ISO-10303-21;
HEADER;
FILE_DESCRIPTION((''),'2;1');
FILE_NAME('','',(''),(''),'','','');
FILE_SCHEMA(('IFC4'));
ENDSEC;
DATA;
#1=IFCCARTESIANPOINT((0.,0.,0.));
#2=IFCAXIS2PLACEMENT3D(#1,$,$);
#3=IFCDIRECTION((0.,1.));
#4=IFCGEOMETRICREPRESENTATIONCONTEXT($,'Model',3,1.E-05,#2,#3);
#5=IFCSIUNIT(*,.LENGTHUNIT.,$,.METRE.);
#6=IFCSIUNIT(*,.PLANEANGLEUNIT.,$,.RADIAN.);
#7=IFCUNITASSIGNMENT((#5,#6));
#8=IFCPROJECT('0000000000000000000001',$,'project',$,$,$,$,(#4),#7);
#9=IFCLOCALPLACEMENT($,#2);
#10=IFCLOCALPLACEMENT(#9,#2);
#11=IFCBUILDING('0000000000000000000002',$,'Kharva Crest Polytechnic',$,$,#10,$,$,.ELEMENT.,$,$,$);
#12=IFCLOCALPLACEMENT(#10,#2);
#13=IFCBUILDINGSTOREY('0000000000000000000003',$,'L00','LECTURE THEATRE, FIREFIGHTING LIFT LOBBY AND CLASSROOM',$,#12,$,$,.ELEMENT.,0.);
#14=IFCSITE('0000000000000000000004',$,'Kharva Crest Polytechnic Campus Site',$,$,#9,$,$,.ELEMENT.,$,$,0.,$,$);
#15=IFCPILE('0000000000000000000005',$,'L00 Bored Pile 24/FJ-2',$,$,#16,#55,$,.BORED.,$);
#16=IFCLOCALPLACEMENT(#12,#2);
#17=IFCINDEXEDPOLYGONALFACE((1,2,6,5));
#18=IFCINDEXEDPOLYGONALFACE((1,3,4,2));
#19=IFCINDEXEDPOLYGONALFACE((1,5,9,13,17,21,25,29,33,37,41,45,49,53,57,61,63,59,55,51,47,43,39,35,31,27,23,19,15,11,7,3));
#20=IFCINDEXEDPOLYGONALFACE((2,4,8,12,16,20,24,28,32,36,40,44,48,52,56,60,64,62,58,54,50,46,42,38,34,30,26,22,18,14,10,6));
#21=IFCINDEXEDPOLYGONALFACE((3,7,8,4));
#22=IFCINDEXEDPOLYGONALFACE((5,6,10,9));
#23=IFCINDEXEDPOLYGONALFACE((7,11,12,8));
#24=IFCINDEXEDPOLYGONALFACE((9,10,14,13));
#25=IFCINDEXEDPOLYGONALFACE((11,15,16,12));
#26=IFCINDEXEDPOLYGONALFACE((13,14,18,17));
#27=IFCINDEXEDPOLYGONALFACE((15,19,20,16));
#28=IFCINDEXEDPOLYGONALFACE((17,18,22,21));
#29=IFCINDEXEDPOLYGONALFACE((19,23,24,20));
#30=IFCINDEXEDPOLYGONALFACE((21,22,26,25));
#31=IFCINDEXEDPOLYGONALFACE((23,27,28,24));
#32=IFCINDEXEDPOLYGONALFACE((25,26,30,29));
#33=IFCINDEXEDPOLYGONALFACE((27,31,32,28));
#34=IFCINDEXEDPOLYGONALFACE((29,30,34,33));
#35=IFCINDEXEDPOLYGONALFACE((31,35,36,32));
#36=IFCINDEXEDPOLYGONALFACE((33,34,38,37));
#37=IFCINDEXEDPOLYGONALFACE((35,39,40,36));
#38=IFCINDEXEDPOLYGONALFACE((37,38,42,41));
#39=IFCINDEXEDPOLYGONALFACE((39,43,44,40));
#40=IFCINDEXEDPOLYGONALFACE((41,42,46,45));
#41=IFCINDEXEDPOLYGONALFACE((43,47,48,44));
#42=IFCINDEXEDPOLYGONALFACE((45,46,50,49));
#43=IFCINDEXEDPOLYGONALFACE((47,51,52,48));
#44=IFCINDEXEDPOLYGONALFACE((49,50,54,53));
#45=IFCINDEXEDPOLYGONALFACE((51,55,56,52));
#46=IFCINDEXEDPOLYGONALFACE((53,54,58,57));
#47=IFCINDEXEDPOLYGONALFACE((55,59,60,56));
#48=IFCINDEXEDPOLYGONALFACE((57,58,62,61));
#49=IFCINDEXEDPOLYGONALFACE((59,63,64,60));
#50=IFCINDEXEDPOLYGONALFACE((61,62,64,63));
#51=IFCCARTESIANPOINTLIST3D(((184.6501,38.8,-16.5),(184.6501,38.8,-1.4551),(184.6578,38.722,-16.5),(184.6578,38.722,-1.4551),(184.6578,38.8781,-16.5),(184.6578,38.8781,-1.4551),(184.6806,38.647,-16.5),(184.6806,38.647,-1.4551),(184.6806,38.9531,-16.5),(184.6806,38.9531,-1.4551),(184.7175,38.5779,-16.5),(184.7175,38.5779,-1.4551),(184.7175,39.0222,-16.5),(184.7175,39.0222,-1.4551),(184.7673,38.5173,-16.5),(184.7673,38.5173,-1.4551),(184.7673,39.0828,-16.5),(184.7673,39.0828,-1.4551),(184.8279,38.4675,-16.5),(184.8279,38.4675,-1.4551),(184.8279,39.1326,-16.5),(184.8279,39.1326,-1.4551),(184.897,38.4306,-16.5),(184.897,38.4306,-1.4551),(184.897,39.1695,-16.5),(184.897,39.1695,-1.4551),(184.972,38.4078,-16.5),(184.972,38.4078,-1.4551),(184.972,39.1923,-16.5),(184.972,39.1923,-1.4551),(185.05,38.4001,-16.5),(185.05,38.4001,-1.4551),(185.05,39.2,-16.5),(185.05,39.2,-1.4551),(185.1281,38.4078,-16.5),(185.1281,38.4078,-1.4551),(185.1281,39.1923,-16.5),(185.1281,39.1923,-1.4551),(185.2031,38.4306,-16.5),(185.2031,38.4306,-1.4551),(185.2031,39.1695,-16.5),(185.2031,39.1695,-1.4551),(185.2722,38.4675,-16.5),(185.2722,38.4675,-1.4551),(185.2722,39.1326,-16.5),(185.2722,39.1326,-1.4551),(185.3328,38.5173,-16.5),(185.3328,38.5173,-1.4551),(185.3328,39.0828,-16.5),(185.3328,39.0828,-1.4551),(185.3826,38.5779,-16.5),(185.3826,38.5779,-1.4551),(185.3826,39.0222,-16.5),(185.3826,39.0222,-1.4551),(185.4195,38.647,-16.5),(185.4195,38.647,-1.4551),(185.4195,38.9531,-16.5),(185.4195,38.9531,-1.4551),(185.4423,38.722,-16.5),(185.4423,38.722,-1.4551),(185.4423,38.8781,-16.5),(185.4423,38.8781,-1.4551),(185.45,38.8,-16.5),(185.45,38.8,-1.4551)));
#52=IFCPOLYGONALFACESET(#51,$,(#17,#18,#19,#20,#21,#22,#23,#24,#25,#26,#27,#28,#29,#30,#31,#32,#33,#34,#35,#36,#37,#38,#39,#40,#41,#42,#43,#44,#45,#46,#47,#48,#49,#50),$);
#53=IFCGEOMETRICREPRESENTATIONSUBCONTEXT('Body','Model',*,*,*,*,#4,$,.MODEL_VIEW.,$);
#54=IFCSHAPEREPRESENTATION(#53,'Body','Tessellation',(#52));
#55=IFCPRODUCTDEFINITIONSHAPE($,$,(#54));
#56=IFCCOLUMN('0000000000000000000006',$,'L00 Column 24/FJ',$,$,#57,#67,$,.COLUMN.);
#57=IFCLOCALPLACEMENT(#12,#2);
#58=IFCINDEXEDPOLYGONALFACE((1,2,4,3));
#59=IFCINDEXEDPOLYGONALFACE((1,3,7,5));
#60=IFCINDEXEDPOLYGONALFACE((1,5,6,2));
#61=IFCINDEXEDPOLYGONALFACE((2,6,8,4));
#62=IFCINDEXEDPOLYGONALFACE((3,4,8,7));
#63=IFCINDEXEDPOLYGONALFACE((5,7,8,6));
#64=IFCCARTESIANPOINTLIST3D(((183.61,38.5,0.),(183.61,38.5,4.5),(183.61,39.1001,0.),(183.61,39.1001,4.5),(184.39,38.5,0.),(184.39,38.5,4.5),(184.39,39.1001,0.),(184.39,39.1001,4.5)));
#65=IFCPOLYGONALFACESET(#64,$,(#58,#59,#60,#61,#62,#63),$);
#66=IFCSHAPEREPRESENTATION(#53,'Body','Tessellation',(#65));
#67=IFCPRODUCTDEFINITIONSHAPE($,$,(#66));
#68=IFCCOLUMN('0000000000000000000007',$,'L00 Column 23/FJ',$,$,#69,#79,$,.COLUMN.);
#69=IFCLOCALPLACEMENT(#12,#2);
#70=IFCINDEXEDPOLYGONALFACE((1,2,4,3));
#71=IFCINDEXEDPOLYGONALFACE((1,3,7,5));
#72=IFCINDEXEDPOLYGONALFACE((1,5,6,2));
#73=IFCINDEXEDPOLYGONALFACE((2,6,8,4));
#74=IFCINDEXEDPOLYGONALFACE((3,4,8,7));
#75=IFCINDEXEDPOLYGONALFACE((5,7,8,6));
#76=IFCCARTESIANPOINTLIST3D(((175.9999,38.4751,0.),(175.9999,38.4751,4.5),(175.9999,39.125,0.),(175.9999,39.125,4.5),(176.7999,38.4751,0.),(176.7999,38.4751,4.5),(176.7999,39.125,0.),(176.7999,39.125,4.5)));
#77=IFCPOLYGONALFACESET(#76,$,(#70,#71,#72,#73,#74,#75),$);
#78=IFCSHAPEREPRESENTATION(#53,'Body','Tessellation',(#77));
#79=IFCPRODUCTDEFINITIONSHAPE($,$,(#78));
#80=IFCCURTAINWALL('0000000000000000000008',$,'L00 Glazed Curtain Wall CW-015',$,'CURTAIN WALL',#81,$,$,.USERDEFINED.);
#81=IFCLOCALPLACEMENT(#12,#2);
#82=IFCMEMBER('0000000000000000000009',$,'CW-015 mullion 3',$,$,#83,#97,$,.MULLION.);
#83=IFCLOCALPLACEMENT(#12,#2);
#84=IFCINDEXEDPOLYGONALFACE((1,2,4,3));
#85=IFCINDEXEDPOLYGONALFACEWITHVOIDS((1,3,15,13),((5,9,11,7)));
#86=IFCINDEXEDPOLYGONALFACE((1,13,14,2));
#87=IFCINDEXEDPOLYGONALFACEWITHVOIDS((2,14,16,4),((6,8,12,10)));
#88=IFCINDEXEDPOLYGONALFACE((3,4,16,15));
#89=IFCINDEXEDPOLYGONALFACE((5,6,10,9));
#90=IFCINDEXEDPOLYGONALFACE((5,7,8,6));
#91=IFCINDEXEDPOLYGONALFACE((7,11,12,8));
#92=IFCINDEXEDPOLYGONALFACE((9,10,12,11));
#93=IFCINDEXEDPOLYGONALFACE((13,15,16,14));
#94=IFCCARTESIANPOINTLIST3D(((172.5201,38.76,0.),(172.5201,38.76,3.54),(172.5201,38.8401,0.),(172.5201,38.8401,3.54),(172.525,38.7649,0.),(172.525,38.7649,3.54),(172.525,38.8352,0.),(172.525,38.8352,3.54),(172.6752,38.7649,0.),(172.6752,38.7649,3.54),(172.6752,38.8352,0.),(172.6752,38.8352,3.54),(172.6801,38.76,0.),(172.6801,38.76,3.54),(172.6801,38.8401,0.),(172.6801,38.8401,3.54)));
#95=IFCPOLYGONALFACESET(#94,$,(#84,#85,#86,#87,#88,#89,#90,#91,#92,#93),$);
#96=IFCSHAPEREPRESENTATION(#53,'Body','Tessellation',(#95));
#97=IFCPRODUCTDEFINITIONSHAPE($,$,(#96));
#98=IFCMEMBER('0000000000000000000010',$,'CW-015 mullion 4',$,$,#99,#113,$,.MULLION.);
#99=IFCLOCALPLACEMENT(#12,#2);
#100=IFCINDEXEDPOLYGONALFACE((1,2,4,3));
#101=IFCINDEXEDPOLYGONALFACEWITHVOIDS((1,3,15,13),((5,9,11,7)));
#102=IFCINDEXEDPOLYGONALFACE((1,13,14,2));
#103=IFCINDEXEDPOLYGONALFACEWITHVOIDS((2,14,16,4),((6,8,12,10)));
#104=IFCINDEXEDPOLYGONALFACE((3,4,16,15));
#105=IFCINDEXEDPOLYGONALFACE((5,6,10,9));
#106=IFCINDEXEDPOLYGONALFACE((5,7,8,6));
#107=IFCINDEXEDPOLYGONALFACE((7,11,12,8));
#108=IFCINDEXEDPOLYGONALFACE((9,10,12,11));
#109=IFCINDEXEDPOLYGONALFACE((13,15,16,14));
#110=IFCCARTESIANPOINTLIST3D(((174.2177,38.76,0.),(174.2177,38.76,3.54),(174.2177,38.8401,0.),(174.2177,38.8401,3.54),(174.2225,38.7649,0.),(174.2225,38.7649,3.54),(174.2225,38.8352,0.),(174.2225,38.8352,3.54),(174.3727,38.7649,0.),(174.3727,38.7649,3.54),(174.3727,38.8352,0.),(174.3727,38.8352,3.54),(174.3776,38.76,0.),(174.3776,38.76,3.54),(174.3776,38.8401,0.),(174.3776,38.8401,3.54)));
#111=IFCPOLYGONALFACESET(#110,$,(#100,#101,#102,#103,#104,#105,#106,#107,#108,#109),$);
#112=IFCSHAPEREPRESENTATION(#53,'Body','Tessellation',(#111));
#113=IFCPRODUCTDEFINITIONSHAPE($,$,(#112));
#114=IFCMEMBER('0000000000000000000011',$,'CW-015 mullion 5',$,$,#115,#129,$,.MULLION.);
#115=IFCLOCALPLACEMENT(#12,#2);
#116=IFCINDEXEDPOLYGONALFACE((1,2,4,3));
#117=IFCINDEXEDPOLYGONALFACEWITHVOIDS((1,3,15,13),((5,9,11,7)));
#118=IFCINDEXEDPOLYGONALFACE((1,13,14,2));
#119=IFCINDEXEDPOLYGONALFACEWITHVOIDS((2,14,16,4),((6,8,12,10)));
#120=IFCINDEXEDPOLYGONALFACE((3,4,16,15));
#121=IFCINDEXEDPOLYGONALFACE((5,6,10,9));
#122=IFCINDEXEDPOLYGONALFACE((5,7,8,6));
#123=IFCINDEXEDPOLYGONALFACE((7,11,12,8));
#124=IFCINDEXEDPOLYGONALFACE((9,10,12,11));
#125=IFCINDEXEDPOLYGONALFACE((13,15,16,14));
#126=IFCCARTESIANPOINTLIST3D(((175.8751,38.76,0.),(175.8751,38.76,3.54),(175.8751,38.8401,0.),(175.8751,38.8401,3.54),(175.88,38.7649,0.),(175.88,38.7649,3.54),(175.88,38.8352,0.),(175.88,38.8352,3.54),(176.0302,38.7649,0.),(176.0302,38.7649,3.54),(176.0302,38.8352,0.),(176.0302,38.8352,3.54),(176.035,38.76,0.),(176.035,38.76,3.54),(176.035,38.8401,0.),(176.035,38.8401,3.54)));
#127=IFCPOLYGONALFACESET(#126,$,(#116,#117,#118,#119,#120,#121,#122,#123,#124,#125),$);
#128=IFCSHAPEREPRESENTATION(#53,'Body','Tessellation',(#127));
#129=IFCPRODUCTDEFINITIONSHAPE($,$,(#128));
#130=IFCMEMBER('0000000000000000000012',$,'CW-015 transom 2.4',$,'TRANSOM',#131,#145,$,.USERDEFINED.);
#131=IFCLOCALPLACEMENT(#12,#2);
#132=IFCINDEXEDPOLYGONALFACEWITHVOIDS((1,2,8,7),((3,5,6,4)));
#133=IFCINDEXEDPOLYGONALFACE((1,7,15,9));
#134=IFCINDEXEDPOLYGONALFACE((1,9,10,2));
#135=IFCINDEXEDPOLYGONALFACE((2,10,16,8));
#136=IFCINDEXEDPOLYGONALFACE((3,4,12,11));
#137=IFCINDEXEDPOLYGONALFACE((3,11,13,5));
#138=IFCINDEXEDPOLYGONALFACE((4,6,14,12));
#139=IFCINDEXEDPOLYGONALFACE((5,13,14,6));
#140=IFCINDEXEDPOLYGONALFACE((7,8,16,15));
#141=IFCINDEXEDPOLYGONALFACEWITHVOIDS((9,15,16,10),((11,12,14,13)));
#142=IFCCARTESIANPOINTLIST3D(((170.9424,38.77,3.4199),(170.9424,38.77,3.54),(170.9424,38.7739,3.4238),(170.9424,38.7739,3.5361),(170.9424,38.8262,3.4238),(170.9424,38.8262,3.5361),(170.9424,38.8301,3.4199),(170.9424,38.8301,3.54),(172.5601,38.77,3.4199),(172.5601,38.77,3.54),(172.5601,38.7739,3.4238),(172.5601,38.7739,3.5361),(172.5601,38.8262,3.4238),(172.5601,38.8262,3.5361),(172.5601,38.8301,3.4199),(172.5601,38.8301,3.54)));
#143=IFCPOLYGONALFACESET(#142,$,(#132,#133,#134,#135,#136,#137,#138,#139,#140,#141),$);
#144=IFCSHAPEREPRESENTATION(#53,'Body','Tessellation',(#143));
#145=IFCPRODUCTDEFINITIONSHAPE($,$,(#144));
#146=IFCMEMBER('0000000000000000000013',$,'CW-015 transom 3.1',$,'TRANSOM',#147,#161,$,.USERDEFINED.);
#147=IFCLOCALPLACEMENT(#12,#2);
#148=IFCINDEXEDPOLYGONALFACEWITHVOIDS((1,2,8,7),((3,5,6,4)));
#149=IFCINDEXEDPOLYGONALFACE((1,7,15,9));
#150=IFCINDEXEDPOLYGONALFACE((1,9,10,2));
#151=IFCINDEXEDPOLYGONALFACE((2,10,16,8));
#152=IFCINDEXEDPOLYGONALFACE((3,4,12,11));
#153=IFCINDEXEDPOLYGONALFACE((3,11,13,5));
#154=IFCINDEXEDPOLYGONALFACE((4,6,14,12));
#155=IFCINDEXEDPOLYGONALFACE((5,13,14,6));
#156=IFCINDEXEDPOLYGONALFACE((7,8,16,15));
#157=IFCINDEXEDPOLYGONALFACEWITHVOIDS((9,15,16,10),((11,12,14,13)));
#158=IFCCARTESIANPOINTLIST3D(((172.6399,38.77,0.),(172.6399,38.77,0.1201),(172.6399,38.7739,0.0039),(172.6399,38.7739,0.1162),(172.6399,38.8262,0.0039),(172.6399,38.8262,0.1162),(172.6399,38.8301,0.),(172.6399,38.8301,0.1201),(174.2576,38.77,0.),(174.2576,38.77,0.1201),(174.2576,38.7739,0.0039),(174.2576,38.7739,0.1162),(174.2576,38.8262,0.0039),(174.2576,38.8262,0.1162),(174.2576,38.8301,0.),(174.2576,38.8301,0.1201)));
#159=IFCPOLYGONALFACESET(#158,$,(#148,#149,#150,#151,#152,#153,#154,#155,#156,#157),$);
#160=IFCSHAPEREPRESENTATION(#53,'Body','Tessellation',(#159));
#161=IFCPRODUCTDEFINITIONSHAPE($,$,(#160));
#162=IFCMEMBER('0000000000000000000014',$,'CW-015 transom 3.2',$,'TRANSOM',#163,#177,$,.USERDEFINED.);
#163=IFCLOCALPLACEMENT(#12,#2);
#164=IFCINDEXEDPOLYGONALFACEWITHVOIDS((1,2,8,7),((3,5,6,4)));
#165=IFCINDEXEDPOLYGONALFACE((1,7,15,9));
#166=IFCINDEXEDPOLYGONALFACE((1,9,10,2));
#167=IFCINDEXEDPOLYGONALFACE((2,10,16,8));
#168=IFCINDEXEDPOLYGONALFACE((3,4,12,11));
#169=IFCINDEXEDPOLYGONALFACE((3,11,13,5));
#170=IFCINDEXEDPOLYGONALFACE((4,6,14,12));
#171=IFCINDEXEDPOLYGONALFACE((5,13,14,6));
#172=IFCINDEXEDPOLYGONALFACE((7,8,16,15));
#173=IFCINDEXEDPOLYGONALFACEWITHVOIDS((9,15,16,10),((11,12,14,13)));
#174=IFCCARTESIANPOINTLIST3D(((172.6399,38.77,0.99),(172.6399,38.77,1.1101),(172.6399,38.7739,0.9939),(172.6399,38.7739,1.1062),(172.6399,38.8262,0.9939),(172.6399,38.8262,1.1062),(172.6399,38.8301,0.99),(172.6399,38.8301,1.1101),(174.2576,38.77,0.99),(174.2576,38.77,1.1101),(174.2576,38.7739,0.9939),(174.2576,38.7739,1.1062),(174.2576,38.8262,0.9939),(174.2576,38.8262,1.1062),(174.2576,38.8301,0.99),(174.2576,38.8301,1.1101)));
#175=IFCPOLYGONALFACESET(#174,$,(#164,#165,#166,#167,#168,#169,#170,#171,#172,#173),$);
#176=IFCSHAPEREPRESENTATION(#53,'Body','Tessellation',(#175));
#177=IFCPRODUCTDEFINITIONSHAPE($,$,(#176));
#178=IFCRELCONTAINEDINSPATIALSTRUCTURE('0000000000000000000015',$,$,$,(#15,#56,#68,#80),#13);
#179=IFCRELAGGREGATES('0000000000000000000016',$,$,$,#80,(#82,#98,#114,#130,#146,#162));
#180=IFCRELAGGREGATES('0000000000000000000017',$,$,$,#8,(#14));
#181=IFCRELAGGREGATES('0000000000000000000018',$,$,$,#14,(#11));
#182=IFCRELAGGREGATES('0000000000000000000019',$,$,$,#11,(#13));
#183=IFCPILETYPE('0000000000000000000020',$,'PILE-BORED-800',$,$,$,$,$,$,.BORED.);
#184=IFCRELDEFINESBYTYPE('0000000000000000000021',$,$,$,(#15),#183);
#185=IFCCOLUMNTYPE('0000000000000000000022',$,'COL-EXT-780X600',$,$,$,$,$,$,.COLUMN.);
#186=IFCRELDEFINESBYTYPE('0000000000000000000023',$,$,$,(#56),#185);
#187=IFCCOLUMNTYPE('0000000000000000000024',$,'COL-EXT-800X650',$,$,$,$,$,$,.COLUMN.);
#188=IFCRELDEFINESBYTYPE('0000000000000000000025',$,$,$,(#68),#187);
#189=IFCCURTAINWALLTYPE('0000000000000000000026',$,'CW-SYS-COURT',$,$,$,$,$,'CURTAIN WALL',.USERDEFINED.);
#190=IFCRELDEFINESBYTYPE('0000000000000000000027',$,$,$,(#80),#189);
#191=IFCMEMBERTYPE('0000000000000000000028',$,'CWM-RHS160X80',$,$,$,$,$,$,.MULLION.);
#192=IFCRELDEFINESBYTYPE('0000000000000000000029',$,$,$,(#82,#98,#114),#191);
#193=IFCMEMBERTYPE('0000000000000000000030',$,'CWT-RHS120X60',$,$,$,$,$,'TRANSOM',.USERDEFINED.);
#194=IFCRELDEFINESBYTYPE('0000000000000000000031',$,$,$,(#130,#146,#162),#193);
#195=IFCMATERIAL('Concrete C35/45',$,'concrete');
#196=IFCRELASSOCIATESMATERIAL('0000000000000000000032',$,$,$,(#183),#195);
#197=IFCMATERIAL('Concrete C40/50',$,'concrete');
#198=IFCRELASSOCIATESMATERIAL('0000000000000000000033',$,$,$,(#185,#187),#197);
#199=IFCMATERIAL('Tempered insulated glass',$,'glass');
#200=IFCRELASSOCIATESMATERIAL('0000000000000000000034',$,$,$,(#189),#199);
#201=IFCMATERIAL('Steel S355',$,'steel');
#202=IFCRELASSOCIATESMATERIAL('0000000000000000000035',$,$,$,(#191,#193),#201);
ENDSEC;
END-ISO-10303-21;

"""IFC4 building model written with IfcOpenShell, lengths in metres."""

from ifc_helpers import new_model, si_unit, direction, frame, origin, origin_2d, place, context, subcontext, project, spatial, rectangle, hollow_rectangle, circle, extrude, material, material_profile, profile_set, type_object, element, aggregate, save


model = new_model("IFC4")

# Units and contexts
model_context = context("Model", 3, precision=1e-05, world=origin(), true_north=direction((0.0, 1.0)))
body_context = subcontext(model_context, "Body", "Model", "MODEL_VIEW")
ifc_project = project(units=[si_unit("LENGTHUNIT", "METRE"), si_unit("PLANEANGLEUNIT", "RADIAN")], contexts=[model_context])

# Site, building, storey
site_placement = place(None, origin())
site = spatial("IfcSite", under=ifc_project, at=site_placement, Name="Kharva Crest Polytechnic Campus Site", CompositionType="ELEMENT", RefElevation=0.0)
building_placement = place(site_placement, origin())
building = spatial("IfcBuilding", under=site, at=building_placement, Name="Kharva Crest Polytechnic", CompositionType="ELEMENT")
storey_placement = place(building_placement, origin())
storey = spatial("IfcBuildingStorey", under=building, at=storey_placement, Name="L00", Description="LECTURE THEATRE, FIREFIGHTING LIFT LOBBY AND CLASSROOM", CompositionType="ELEMENT", Elevation=0.0)

# Shared definitions
ifc_material_1 = material(Name="Concrete C35/45", Category="concrete")

# Pile
ifc_material_profile_1 = material_profile(ifc_material_1, circle(Radius=0.3999, at=origin_2d()), Name="DIA 800")
ifc_profile_set_1 = profile_set([ifc_material_profile_1], Name="Concrete C35/45")
pile_type = type_object("IfcPileType", Name="PILE-BORED-800", PredefinedType="BORED", material=ifc_profile_set_1)
for number, where, z_axis, x_axis, name in (
    (1, (185.05, 38.8, -1.4551), (0.0, 0.0, -1.0), (1.0, 0.0, 0.0), "L00 Bored Pile 24/FJ-2"),
):
    element("IfcPile", number, at=place(storey_placement, frame(where, z_axis=z_axis, x_axis=x_axis)), inside=storey, type_object=pile_type, Name=name, PredefinedType="BORED", context=body_context, shape_type="SweptSolid", body=[
        extrude(circle(Radius=0.3999, at=origin_2d()), origin(), (0.0, 0.0, 1.0), 15.0449),
    ])

# Columns
ifc_material_2 = material(Name="Concrete C40/50", Category="concrete")
ifc_material_profile_2 = material_profile(ifc_material_2, rectangle(XDim=0.78, YDim=0.6001, at=origin_2d()), Name="RECT 780 X 600")
ifc_profile_set_2 = profile_set([ifc_material_profile_2], Name="Concrete C40/50")
column_type_1 = type_object("IfcColumnType", Name="COL-EXT-780X600", PredefinedType="COLUMN", material=ifc_profile_set_2)
column_1_placement = place(storey_placement, frame((184.0, 38.8, 0.0), z_axis=(0.0, 0.0, 1.0), x_axis=(1.0, 0.0, 0.0)))
element("IfcColumn", 2, at=column_1_placement, inside=storey, type_object=column_type_1, Name="L00 Column 24/FJ", PredefinedType="COLUMN", context=body_context, shape_type="SweptSolid", body=[
    extrude(rectangle(XDim=0.78, YDim=0.6001, at=origin_2d()), origin(), (0.0, 0.0, 1.0), 4.5),
])
ifc_material_profile_3 = material_profile(ifc_material_2, rectangle(XDim=0.8, YDim=0.6499, at=origin_2d()), Name="RECT 800 X 650")
ifc_profile_set_3 = profile_set([ifc_material_profile_3], Name="Concrete C40/50")
column_type_2 = type_object("IfcColumnType", Name="COL-EXT-800X650", PredefinedType="COLUMN", material=ifc_profile_set_3)
column_2_placement = place(storey_placement, frame((176.3999, 38.8, 0.0), z_axis=(0.0, 0.0, 1.0), x_axis=(1.0, 0.0, 0.0)))
element("IfcColumn", 3, at=column_2_placement, inside=storey, type_object=column_type_2, Name="L00 Column 23/FJ", PredefinedType="COLUMN", context=body_context, shape_type="SweptSolid", body=[
    extrude(rectangle(XDim=0.8, YDim=0.6499, at=origin_2d()), origin(), (0.0, 0.0, 1.0), 4.5),
])

# Curtain wall, members
ifc_material_3 = material(Name="Tempered insulated glass", Category="glass")
curtain_wall_type = type_object("IfcCurtainWallType", Name="CW-SYS-COURT", ElementType="CURTAIN WALL", PredefinedType="USERDEFINED", material=ifc_material_3)
curtain_wall_placement = place(storey_placement, origin())
curtain_wall = element("IfcCurtainWall", 4, at=curtain_wall_placement, inside=storey, type_object=curtain_wall_type, Name="L00 Glazed Curtain Wall CW-015", ObjectType="CURTAIN WALL", PredefinedType="USERDEFINED")
ifc_material_4 = material(Name="Steel S355", Category="steel")
ifc_material_profile_4 = material_profile(ifc_material_4, hollow_rectangle(XDim=0.0801, YDim=0.1599, WallThickness=0.0049, at=origin_2d()), Name="RHS 160X80X5.0")
ifc_profile_set_4 = profile_set([ifc_material_profile_4], Name="Steel S355")
member_type_1 = type_object("IfcMemberType", Name="CWM-RHS160X80", PredefinedType="MULLION", material=ifc_profile_set_4)
member_1_placement = place(storey_placement, frame((172.6001, 38.8, 0.0), z_axis=(0.0, 0.0, 1.0), x_axis=(0.0, 1.0, 0.0)))
member_1 = element("IfcMember", 5, at=member_1_placement, type_object=member_type_1, Name="CW-015 mullion 3", PredefinedType="MULLION", context=body_context, shape_type="SweptSolid", body=[
    extrude(hollow_rectangle(XDim=0.0801, YDim=0.1599, WallThickness=0.0049, at=origin_2d()), origin(), (0.0, 0.0, 1.0), 3.54),
])
member_2_placement = place(storey_placement, frame((174.2976, 38.8, 0.0), z_axis=(0.0, 0.0, 1.0), x_axis=(0.0, 1.0, 0.0)))
member_2 = element("IfcMember", 6, at=member_2_placement, type_object=member_type_1, Name="CW-015 mullion 4", PredefinedType="MULLION", context=body_context, shape_type="SweptSolid", body=[
    extrude(hollow_rectangle(XDim=0.0801, YDim=0.1599, WallThickness=0.0049, at=origin_2d()), origin(), (0.0, 0.0, 1.0), 3.54),
])
member_3_placement = place(storey_placement, frame((175.9551, 38.8, 0.0), z_axis=(0.0, 0.0, 1.0), x_axis=(0.0, 1.0, 0.0)))
member_3 = element("IfcMember", 7, at=member_3_placement, type_object=member_type_1, Name="CW-015 mullion 5", PredefinedType="MULLION", context=body_context, shape_type="SweptSolid", body=[
    extrude(hollow_rectangle(XDim=0.0801, YDim=0.1599, WallThickness=0.0049, at=origin_2d()), origin(), (0.0, 0.0, 1.0), 3.54),
])
ifc_material_profile_5 = material_profile(ifc_material_4, hollow_rectangle(XDim=0.0601, YDim=0.1201, WallThickness=0.0039, at=origin_2d()), Name="RHS 120X60X4.0")
ifc_profile_set_5 = profile_set([ifc_material_profile_5], Name="Steel S355")
member_type_2 = type_object("IfcMemberType", Name="CWT-RHS120X60", ElementType="TRANSOM", PredefinedType="USERDEFINED", material=ifc_profile_set_5)
member_4_placement = place(storey_placement, frame((170.9424, 38.8, 3.48), z_axis=(1.0, 0.0, 0.0), x_axis=(0.0, 1.0, 0.0)))
member_4 = element("IfcMember", 8, at=member_4_placement, type_object=member_type_2, Name="CW-015 transom 2.4", ObjectType="TRANSOM", PredefinedType="USERDEFINED", context=body_context, shape_type="SweptSolid", body=[
    extrude(hollow_rectangle(XDim=0.0601, YDim=0.1201, WallThickness=0.0039, at=origin_2d()), origin(), (0.0, 0.0, 1.0), 1.6177),
])
member_5_placement = place(storey_placement, frame((172.6399, 38.8, 0.0601), z_axis=(1.0, 0.0, 0.0), x_axis=(0.0, 1.0, 0.0)))
member_5 = element("IfcMember", 9, at=member_5_placement, type_object=member_type_2, Name="CW-015 transom 3.1", ObjectType="TRANSOM", PredefinedType="USERDEFINED", context=body_context, shape_type="SweptSolid", body=[
    extrude(hollow_rectangle(XDim=0.0601, YDim=0.1201, WallThickness=0.0039, at=origin_2d()), origin(), (0.0, 0.0, 1.0), 1.6177),
])
member_6_placement = place(storey_placement, frame((172.6399, 38.8, 1.05), z_axis=(1.0, 0.0, 0.0), x_axis=(0.0, 1.0, 0.0)))
member_6 = element("IfcMember", 10, at=member_6_placement, type_object=member_type_2, Name="CW-015 transom 3.2", ObjectType="TRANSOM", PredefinedType="USERDEFINED", context=body_context, shape_type="SweptSolid", body=[
    extrude(hollow_rectangle(XDim=0.0601, YDim=0.1201, WallThickness=0.0039, at=origin_2d()), origin(), (0.0, 0.0, 1.0), 1.6177),
])

aggregate(curtain_wall, [member_1, member_2, member_3, member_4, member_5, member_6])

save(model, "model.ifc")
